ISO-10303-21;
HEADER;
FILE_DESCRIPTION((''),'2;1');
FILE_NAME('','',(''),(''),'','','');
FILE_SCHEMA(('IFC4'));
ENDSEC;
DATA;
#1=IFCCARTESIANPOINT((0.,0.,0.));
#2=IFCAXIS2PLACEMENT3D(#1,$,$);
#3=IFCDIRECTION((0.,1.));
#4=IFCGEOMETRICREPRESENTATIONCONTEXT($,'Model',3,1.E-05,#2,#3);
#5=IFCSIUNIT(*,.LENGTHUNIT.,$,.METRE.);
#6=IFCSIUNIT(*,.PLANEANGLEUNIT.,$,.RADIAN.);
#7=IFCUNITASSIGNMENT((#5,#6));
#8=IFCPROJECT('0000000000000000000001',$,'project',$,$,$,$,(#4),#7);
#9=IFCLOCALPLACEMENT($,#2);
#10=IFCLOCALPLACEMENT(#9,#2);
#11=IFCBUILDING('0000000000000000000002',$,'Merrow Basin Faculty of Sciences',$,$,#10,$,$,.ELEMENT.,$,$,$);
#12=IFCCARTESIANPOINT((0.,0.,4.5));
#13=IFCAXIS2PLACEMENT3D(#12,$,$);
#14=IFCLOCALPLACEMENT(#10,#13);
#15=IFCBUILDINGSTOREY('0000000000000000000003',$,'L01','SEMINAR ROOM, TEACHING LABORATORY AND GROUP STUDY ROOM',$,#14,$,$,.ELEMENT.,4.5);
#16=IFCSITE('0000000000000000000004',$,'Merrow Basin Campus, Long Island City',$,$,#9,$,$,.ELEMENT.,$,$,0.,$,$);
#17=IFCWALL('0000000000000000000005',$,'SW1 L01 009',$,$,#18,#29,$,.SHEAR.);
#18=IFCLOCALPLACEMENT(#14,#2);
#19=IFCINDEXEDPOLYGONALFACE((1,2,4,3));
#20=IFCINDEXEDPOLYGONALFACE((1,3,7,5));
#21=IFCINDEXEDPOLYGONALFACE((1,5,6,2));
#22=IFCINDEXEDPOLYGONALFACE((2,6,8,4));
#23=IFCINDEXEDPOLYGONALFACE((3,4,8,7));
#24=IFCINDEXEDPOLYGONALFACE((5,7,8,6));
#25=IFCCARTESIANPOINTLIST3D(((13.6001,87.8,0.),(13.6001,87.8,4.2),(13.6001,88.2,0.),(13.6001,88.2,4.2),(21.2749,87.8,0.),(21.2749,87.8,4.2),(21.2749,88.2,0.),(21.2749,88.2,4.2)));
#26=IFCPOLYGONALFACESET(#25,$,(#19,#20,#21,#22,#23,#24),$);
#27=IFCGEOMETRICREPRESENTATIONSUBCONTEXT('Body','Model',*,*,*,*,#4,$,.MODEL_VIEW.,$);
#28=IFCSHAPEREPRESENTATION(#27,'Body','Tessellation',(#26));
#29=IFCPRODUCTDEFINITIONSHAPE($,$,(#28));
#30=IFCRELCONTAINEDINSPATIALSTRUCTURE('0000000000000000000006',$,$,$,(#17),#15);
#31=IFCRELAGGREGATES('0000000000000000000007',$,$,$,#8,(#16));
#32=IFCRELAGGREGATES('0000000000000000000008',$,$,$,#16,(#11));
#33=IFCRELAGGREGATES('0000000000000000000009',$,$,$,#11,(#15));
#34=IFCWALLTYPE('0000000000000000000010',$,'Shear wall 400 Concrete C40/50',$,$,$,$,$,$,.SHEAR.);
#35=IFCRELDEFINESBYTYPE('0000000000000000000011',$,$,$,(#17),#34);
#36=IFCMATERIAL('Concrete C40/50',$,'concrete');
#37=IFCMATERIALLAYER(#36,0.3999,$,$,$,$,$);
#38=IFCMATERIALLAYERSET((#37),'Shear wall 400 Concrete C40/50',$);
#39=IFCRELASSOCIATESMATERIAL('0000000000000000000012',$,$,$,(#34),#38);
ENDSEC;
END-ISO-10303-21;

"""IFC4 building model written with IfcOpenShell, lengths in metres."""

from ifc_helpers import new_model, si_unit, direction, frame, frame_2d, origin, place, context, subcontext, project, spatial, rectangle, extrude, material, layer, layer_set, type_object, element, save


model = new_model("IFC4")

# Units and contexts
model_context = context("Model", 3, precision=1e-05, world=origin(), true_north=direction((0.0, 1.0)))
body_context = subcontext(model_context, "Body", "Model", "MODEL_VIEW")
ifc_project = project(units=[si_unit("LENGTHUNIT", "METRE"), si_unit("PLANEANGLEUNIT", "RADIAN")], contexts=[model_context])

# Site, building, storey
site_placement = place(None, origin())
site = spatial("IfcSite", under=ifc_project, at=site_placement, Name="Merrow Basin Campus, Long Island City", CompositionType="ELEMENT", RefElevation=0.0)
building_placement = place(site_placement, origin())
building = spatial("IfcBuilding", under=site, at=building_placement, Name="Merrow Basin Faculty of Sciences", CompositionType="ELEMENT")
storey_placement = place(building_placement, frame((0.0, 0.0, 4.5)))
storey = spatial("IfcBuildingStorey", under=building, at=storey_placement, Name="L01", Description="SEMINAR ROOM, TEACHING LABORATORY AND GROUP STUDY ROOM", CompositionType="ELEMENT", Elevation=4.5)

# Wall
ifc_material_1 = material(Name="Concrete C40/50", Category="concrete")
ifc_layer_1 = layer(ifc_material_1, 0.3999)
ifc_layer_set_1 = layer_set([ifc_layer_1], Name="Shear wall 400 Concrete C40/50")
wall_type_1 = type_object("IfcWallType", Name="Shear wall 400 Concrete C40/50", PredefinedType="SHEAR", material=ifc_layer_set_1)
wall_1_placement = place(storey_placement, frame((13.6001, 88.0, 0.0), z_axis=(0.0, 0.0, 1.0), x_axis=(1.0, 0.0, 0.0)))
element("IfcWall", 1, at=wall_1_placement, inside=storey, type_object=wall_type_1, Name="SW1 L01 009", PredefinedType="SHEAR", context=body_context, shape_type="SweptSolid", body=[
    extrude(rectangle(XDim=7.6748, YDim=0.3999, at=frame_2d((3.8374, 0.0))), origin(), (0.0, 0.0, 1.0), 4.2),
])

save(model, "model.ifc")
